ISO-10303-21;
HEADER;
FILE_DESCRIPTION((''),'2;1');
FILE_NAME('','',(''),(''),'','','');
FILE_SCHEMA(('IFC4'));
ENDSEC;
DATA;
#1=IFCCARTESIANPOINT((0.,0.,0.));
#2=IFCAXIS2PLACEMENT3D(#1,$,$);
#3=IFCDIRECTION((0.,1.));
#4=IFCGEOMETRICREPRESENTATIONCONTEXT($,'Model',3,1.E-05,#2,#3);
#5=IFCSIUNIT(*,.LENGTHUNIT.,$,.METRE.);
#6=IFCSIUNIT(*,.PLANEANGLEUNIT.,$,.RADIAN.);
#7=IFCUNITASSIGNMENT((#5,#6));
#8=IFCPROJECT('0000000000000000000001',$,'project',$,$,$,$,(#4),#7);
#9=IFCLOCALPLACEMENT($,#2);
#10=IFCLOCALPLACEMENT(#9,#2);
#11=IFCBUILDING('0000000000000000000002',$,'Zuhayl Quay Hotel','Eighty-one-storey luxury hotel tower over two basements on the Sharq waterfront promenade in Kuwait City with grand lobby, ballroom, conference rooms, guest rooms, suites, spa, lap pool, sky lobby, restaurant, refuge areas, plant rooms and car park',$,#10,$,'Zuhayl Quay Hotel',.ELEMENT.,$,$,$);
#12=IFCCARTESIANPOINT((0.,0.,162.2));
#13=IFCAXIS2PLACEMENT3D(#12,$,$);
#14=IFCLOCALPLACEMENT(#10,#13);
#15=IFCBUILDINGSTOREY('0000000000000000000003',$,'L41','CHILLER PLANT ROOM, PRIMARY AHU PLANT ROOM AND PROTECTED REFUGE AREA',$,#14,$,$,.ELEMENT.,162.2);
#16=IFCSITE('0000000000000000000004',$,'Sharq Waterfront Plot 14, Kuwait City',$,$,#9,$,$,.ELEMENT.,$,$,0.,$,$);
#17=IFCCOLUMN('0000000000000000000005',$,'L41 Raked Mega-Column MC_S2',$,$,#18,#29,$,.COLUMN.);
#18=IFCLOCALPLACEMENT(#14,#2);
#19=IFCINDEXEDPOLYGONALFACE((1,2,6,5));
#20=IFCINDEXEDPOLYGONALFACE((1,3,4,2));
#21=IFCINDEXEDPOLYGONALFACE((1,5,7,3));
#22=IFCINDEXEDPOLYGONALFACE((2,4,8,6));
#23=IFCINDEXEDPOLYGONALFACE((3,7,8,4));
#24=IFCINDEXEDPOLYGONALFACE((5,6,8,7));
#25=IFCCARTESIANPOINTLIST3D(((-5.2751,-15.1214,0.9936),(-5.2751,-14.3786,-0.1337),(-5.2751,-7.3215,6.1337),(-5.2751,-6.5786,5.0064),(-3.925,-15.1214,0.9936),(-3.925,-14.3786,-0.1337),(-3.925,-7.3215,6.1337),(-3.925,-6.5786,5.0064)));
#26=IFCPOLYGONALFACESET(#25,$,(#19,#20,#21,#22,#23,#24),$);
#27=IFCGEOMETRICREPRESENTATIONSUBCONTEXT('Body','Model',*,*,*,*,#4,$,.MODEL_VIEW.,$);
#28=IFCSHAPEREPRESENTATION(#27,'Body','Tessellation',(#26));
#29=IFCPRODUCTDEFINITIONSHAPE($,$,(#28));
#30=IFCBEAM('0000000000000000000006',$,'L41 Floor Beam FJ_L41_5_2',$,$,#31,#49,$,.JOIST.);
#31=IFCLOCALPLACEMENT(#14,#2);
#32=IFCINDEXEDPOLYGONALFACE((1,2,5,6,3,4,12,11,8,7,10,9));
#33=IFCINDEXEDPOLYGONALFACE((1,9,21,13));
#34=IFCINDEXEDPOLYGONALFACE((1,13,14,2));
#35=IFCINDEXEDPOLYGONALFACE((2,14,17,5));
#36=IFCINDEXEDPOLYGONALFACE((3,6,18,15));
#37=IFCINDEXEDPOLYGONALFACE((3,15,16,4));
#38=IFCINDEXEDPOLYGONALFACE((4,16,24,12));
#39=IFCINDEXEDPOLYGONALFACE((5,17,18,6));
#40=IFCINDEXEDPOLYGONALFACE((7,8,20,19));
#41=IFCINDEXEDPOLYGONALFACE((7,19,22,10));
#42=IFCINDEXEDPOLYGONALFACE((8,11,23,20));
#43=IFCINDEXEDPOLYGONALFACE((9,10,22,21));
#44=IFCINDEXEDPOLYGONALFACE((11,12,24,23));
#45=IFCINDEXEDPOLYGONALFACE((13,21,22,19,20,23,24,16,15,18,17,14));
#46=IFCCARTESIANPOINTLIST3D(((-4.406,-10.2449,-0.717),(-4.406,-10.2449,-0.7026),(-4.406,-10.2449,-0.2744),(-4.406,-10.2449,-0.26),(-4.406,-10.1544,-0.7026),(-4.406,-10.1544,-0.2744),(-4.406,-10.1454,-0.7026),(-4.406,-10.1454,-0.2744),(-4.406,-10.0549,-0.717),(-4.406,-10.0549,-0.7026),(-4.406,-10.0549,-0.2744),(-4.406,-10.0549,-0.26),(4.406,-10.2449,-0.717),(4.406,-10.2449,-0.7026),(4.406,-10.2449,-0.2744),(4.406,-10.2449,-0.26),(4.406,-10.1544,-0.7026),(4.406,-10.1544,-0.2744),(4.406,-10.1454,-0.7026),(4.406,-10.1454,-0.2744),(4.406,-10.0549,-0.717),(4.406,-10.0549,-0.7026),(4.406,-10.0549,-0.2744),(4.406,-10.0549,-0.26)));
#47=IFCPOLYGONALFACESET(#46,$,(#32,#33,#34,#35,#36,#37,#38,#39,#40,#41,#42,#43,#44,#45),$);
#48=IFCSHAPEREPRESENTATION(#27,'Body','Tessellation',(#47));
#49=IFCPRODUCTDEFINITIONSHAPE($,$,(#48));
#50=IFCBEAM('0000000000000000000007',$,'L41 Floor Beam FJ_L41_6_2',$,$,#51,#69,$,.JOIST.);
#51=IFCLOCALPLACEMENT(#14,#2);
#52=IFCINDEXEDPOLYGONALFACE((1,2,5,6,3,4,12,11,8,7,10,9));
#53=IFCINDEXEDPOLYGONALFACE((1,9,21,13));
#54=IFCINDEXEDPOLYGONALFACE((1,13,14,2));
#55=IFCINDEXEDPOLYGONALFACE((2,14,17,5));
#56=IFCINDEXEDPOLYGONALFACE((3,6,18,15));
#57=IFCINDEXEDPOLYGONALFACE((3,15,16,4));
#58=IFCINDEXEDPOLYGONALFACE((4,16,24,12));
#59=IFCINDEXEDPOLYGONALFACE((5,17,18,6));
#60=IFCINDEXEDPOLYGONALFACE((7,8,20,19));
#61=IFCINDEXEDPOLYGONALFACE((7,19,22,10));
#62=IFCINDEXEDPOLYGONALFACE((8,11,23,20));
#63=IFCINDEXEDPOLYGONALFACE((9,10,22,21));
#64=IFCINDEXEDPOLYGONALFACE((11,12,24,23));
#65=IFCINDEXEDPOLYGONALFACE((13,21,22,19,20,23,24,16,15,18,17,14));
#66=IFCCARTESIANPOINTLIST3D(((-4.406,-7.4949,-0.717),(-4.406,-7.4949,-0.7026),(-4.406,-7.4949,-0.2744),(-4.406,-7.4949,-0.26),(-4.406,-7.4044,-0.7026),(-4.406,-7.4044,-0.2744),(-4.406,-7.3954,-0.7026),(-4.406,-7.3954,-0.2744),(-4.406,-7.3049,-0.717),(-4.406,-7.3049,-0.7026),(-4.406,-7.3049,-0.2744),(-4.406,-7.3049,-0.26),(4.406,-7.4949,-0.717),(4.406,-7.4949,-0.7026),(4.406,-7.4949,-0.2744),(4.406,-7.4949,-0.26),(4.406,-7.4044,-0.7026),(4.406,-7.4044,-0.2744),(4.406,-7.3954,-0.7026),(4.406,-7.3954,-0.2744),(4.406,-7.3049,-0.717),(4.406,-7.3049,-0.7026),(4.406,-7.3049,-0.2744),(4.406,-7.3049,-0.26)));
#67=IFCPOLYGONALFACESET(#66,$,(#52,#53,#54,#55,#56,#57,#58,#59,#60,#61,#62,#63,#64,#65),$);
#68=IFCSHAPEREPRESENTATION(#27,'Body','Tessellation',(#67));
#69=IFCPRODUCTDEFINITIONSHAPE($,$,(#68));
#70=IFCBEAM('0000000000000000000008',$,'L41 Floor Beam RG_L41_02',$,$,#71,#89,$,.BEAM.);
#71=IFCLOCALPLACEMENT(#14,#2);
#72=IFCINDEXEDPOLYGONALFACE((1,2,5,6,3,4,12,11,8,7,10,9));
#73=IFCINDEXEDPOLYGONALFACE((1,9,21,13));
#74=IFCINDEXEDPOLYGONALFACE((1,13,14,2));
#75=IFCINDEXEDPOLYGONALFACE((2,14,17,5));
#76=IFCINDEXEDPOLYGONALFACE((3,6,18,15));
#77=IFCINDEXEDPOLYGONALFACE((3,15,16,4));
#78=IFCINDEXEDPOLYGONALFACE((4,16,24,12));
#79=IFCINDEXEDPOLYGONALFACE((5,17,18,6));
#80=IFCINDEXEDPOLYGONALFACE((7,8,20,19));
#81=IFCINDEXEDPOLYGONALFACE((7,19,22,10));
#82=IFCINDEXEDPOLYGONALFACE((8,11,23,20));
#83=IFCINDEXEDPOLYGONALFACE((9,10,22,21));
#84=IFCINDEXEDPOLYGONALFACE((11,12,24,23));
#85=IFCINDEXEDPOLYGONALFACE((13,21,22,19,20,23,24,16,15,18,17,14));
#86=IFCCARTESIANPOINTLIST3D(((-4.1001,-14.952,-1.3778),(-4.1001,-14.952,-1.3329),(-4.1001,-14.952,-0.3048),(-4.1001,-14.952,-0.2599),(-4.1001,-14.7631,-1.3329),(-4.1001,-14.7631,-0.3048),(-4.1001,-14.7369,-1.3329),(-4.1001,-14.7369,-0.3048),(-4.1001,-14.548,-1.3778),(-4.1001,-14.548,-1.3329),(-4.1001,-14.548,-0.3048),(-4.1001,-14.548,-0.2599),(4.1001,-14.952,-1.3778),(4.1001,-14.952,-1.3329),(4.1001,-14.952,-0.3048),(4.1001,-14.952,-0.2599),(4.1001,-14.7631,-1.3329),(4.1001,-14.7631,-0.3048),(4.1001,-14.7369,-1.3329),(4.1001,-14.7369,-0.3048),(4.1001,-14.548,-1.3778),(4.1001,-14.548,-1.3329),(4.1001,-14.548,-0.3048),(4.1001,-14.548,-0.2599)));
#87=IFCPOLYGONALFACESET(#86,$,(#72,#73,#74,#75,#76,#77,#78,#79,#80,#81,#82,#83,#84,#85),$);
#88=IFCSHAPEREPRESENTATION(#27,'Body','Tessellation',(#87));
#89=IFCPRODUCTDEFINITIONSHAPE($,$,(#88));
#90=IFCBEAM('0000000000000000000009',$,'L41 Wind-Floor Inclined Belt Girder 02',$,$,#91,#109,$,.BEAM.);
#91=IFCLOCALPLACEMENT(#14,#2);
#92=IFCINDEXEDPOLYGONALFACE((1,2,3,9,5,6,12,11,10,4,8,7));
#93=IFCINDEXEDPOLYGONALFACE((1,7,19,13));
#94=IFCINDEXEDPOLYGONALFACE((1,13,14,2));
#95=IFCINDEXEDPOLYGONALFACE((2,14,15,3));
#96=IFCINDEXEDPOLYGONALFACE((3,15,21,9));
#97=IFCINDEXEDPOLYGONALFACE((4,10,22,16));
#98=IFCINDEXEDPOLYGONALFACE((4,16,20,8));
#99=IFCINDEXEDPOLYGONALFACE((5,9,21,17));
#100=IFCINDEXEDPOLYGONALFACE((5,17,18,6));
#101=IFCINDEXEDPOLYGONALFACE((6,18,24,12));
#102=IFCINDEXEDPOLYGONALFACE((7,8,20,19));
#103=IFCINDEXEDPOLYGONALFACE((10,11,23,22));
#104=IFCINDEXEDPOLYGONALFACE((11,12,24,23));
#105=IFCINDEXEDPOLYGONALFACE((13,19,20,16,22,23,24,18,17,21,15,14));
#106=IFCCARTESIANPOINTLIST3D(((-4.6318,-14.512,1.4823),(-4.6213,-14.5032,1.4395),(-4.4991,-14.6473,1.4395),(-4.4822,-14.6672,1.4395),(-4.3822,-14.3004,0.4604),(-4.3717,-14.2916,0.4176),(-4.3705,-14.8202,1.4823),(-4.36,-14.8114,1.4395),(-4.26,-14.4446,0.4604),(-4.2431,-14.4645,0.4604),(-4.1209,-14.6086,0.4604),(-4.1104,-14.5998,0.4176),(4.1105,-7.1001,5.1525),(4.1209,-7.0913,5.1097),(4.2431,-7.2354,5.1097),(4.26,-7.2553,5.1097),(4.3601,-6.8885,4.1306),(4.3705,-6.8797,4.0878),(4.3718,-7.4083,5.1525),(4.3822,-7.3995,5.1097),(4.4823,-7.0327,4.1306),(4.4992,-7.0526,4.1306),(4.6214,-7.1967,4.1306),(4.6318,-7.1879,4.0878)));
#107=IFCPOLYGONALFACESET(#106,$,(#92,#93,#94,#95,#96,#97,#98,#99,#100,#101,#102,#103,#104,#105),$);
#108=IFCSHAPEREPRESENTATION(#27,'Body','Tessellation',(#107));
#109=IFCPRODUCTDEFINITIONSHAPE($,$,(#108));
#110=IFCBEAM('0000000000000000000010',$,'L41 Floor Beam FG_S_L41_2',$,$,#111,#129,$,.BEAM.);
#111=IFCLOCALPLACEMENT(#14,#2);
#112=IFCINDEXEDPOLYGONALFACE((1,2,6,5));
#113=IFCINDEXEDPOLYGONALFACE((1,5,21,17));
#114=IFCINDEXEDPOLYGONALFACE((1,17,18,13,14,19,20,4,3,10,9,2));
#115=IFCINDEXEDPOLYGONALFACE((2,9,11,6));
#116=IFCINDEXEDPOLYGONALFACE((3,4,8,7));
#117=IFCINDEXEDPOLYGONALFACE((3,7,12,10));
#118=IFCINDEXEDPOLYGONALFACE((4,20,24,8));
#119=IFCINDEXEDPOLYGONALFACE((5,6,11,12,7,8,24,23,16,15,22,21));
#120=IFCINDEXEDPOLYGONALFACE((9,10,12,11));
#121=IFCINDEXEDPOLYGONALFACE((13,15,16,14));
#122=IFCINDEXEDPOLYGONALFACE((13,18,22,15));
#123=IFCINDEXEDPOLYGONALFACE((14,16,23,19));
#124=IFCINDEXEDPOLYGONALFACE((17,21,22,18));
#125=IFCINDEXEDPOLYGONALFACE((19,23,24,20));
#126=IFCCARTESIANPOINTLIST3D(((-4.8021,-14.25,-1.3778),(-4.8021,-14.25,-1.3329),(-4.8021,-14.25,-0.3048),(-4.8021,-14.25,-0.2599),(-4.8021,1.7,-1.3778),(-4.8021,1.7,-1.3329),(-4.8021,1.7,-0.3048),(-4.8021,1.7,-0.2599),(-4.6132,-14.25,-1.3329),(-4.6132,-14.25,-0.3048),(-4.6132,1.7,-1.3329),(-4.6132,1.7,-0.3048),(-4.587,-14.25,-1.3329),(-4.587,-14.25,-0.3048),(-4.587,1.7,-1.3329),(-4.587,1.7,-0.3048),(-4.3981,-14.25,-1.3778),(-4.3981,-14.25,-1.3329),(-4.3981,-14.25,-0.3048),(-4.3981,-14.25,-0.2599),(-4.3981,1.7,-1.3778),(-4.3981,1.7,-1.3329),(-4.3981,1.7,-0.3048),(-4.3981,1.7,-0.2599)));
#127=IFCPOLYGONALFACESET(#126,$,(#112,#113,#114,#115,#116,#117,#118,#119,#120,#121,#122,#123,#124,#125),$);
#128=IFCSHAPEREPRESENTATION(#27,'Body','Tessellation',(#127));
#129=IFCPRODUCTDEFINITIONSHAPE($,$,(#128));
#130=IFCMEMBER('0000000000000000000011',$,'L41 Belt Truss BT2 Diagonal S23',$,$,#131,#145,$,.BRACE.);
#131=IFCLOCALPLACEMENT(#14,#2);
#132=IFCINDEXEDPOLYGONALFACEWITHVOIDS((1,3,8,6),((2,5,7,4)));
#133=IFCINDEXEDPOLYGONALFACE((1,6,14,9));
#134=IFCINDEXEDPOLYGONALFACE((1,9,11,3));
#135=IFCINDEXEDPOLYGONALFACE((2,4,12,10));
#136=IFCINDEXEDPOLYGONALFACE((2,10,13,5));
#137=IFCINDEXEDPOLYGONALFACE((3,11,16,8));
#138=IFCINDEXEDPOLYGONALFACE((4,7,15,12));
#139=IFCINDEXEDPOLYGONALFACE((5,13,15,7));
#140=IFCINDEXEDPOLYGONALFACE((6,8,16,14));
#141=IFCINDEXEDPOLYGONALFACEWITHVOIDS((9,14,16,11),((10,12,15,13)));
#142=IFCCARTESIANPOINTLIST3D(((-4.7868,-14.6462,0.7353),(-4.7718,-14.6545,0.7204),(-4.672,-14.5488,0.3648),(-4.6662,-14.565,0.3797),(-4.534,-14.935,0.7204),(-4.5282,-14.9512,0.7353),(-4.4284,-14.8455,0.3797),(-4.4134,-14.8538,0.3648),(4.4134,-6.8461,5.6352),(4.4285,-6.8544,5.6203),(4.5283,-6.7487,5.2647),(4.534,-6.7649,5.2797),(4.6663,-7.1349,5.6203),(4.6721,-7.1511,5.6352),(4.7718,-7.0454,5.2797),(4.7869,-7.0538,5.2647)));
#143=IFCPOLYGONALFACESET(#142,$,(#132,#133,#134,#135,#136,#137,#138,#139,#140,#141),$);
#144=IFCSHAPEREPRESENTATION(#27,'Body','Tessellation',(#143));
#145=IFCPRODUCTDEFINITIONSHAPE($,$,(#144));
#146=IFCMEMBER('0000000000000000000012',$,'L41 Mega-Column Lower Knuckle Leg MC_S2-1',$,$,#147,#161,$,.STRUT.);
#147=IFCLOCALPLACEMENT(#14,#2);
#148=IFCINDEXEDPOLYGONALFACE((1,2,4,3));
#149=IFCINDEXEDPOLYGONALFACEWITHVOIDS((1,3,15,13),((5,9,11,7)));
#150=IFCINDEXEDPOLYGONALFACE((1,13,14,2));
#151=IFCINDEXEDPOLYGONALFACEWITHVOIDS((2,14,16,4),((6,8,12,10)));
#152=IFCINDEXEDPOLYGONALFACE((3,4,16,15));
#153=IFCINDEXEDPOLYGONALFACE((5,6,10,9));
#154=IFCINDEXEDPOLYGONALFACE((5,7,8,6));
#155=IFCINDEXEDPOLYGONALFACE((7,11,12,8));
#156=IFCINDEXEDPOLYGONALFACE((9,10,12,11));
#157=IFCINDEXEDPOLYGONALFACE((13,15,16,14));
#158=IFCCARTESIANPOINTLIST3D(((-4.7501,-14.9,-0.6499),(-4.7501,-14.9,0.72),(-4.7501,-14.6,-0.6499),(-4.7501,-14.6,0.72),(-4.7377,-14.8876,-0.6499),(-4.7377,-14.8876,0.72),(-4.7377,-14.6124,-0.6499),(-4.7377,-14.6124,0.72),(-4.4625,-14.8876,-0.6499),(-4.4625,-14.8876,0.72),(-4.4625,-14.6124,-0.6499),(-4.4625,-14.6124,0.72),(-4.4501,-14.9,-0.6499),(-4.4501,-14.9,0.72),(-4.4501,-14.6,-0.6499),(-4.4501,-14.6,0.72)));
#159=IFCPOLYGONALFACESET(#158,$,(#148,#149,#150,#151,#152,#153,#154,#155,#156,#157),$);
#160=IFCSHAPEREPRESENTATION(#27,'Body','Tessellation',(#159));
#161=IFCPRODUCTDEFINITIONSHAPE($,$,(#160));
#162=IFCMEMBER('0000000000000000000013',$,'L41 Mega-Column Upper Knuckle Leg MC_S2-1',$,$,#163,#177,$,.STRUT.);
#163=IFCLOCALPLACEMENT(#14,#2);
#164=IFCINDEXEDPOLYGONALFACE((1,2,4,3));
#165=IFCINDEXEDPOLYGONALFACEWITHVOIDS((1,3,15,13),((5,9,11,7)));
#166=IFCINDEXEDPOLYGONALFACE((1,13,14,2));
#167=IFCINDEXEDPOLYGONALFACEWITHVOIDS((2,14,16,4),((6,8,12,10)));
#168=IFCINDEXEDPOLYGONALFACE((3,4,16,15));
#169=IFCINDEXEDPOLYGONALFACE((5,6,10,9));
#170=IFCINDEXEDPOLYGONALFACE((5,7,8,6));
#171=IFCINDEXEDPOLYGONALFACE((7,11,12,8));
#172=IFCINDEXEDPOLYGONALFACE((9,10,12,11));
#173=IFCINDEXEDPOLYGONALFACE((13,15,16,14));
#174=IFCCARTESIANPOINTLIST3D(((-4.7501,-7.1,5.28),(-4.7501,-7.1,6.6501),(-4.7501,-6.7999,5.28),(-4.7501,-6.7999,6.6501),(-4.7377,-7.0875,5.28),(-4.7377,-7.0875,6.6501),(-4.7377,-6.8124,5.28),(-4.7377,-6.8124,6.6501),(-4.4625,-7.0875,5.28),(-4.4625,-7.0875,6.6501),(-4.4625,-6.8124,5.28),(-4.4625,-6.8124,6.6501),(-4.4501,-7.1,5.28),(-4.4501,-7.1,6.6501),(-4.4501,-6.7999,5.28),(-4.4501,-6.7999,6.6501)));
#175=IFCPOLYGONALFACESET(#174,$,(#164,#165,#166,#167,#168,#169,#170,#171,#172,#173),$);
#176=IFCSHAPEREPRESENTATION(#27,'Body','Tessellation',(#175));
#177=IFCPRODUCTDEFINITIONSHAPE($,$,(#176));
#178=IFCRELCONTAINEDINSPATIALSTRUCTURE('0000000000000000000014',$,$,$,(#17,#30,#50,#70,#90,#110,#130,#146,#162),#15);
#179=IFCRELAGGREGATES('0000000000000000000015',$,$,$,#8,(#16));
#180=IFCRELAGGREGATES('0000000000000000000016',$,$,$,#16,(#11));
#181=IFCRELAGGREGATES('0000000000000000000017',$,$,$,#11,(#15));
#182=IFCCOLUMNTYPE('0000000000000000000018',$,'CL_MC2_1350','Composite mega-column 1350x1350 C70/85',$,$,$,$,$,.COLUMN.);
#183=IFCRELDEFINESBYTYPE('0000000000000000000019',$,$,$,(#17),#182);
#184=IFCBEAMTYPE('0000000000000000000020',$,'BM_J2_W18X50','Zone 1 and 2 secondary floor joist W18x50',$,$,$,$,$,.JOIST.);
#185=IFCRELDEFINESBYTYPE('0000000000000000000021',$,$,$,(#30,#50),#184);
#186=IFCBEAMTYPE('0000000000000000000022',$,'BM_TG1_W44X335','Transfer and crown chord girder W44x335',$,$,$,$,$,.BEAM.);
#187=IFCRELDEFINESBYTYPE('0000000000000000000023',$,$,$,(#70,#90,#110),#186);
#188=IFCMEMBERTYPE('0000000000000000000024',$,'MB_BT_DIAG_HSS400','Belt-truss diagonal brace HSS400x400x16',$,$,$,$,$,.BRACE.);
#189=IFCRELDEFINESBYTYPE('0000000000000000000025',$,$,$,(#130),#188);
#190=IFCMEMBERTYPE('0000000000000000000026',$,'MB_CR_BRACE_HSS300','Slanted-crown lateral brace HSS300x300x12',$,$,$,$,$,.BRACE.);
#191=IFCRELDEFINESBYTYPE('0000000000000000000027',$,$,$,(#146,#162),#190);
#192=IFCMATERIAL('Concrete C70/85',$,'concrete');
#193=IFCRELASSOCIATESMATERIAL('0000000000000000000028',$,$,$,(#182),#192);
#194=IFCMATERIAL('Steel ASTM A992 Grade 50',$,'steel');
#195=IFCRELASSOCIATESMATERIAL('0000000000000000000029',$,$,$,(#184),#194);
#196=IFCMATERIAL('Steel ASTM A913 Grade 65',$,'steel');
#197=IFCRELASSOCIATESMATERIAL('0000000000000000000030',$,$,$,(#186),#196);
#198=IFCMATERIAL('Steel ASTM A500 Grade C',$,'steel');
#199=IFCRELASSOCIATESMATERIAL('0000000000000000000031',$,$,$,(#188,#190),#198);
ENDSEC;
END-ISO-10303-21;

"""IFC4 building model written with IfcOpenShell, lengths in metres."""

from ifc_helpers import new_model, si_unit, direction, frame, origin, origin_2d, place, context, subcontext, project, spatial, rectangle, hollow_rectangle, i_section, extrude, material, material_profile, profile_set, type_object, element, save


model = new_model("IFC4")

# Units and contexts
model_context = context("Model", 3, precision=1e-05, world=origin(), true_north=direction((0.0, 1.0)))
body_context = subcontext(model_context, "Body", "Model", "MODEL_VIEW")
ifc_project = project(units=[si_unit("LENGTHUNIT", "METRE"), si_unit("PLANEANGLEUNIT", "RADIAN")], contexts=[model_context])

# Site, building, storey
site_placement = place(None, origin())
site = spatial("IfcSite", under=ifc_project, at=site_placement, Name="Sharq Waterfront Plot 14, Kuwait City", CompositionType="ELEMENT", RefElevation=0.0)
building_placement = place(site_placement, origin())
building = spatial("IfcBuilding", under=site, at=building_placement, Name="Zuhayl Quay Hotel", Description="Eighty-one-storey luxury hotel tower over two basements on the Sharq waterfront promenade in Kuwait City with grand lobby, ballroom, conference rooms, guest rooms, suites, spa, lap pool, sky lobby, restaurant, refuge areas, plant rooms and car park", LongName="Zuhayl Quay Hotel", CompositionType="ELEMENT")
storey_placement = place(building_placement, frame((0.0, 0.0, 162.2)))
storey = spatial("IfcBuildingStorey", under=building, at=storey_placement, Name="L41", Description="CHILLER PLANT ROOM, PRIMARY AHU PLANT ROOM AND PROTECTED REFUGE AREA", CompositionType="ELEMENT", Elevation=162.2)

# Column
ifc_material_1 = material(Name="Concrete C70/85", Category="concrete")
ifc_material_profile_1 = material_profile(ifc_material_1, rectangle(XDim=1.3501, YDim=1.3501, at=origin_2d()), Name="RC1350X1350")
ifc_profile_set_1 = profile_set([ifc_material_profile_1], Name="Concrete C70/85")
column_type = type_object("IfcColumnType", Name="CL_MC2_1350", Description="Composite mega-column 1350x1350 C70/85", PredefinedType="COLUMN", material=ifc_profile_set_1)
column_placement = place(storey_placement, frame((-4.6001, -14.75, 0.4299), z_axis=(0.0, 0.834998, 0.550253), x_axis=(-1.0, 0.0, 0.0)))
element("IfcColumn", 1, at=column_placement, inside=storey, type_object=column_type, Name="L41 Raked Mega-Column MC_S2", PredefinedType="COLUMN", context=body_context, shape_type="SweptSolid", body=[
    extrude(rectangle(XDim=1.3501, YDim=1.3501, at=origin_2d()), origin(), (0.0, 0.0, 1.0), 9.3413),
])

# Beams
ifc_material_2 = material(Name="Steel ASTM A992 Grade 50", Category="steel")
ifc_material_profile_2 = material_profile(ifc_material_2, i_section(OverallWidth=0.1899, OverallDepth=0.457, WebThickness=0.009, FlangeThickness=0.0144, at=origin_2d()), Name="W18X50")
ifc_profile_set_2 = profile_set([ifc_material_profile_2], Name="Steel ASTM A992 Grade 50")
beam_type_1 = type_object("IfcBeamType", Name="BM_J2_W18X50", Description="Zone 1 and 2 secondary floor joist W18x50", PredefinedType="JOIST", material=ifc_profile_set_2)
for number, where, z_axis, x_axis, name in (
    (2, (-4.406, -10.1499, -0.4885), (1.0, 0.0, 0.0), (0.0, 1.0, 0.0), "L41 Floor Beam FJ_L41_5_2"),
    (3, (-4.406, -7.3999, -0.4885), (1.0, 0.0, 0.0), (0.0, 1.0, 0.0), "L41 Floor Beam FJ_L41_6_2"),
):
    element("IfcBeam", number, at=place(storey_placement, frame(where, z_axis=z_axis, x_axis=x_axis)), inside=storey, type_object=beam_type_1, Name=name, PredefinedType="JOIST", context=body_context, shape_type="SweptSolid", body=[
        extrude(i_section(OverallWidth=0.1899, OverallDepth=0.457, WebThickness=0.009, FlangeThickness=0.0144, at=origin_2d()), origin(), (0.0, 0.0, 1.0), 8.812),
    ])
ifc_material_3 = material(Name="Steel ASTM A913 Grade 65", Category="steel")
ifc_material_profile_3 = material_profile(ifc_material_3, i_section(OverallWidth=0.4041, OverallDepth=1.1179, WebThickness=0.0261, FlangeThickness=0.0449, at=origin_2d()), Name="W44X335")
ifc_profile_set_3 = profile_set([ifc_material_profile_3], Name="Steel ASTM A913 Grade 65")
beam_type_2 = type_object("IfcBeamType", Name="BM_TG1_W44X335", Description="Transfer and crown chord girder W44x335", PredefinedType="BEAM", material=ifc_profile_set_3)
beam_1_placement = place(storey_placement, frame((-4.1001, -14.75, -0.8188), z_axis=(1.0, 0.0, 0.0), x_axis=(0.0, 1.0, 0.0)))
element("IfcBeam", 4, at=beam_1_placement, inside=storey, type_object=beam_type_2, Name="L41 Floor Beam RG_L41_02", PredefinedType="BEAM", context=body_context, shape_type="SweptSolid", body=[
    extrude(i_section(OverallWidth=0.4041, OverallDepth=1.1179, WebThickness=0.0261, FlangeThickness=0.0449, at=origin_2d()), origin(), (0.0, 0.0, 1.0), 8.2002),
])
beam_2_placement = place(storey_placement, frame((-4.3711, -14.5559, 0.95), z_axis=(0.726421, 0.615879, 0.304968), x_axis=(-0.646686, 0.762757, 0.0)))
element("IfcBeam", 5, at=beam_2_placement, inside=storey, type_object=beam_type_2, Name="L41 Wind-Floor Inclined Belt Girder 02", PredefinedType="BEAM", context=body_context, shape_type="SweptSolid", body=[
    extrude(i_section(OverallWidth=0.4041, OverallDepth=1.1179, WebThickness=0.0261, FlangeThickness=0.0449, at=origin_2d()), origin(), (0.0, 0.0, 1.0), 12.0347),
])
beam_3_placement = place(storey_placement, frame((-4.6001, -14.25, -0.8188), z_axis=(0.0, 1.0, 0.0), x_axis=(-1.0, 0.0, 0.0)))
element("IfcBeam", 6, at=beam_3_placement, inside=storey, type_object=beam_type_2, Name="L41 Floor Beam FG_S_L41_2", PredefinedType="BEAM", context=body_context, shape_type="SweptSolid", body=[
    extrude(i_section(OverallWidth=0.4041, OverallDepth=1.1179, WebThickness=0.0261, FlangeThickness=0.0449, at=origin_2d()), origin(), (0.0, 0.0, 1.0), 15.95),
])

# Members
ifc_material_4 = material(Name="Steel ASTM A500 Grade C", Category="steel")
ifc_material_profile_4 = material_profile(ifc_material_4, hollow_rectangle(XDim=0.3999, YDim=0.3999, WallThickness=0.0161, at=origin_2d()), Name="HSS400X400X16")
ifc_profile_set_4 = profile_set([ifc_material_profile_4], Name="Steel ASTM A500 Grade C")
member_type_1 = type_object("IfcMemberType", Name="MB_BT_DIAG_HSS400", Description="Belt-truss diagonal brace HSS400x400x16", PredefinedType="BRACE", material=ifc_profile_set_4)
member_1_placement = place(storey_placement, frame((-4.6001, -14.75, 0.55), z_axis=(0.706677, 0.59913, 0.376367), x_axis=(-0.64668, 0.762762, 0.0)))
element("IfcMember", 7, at=member_1_placement, inside=storey, type_object=member_type_1, Name="L41 Belt Truss BT2 Diagonal S23", PredefinedType="BRACE", context=body_context, shape_type="SweptSolid", body=[
    extrude(hollow_rectangle(XDim=0.3999, YDim=0.3999, WallThickness=0.0161, at=origin_2d()), origin(), (0.0, 0.0, 1.0), 13.019),
])
ifc_material_profile_5 = material_profile(ifc_material_4, hollow_rectangle(XDim=0.3, YDim=0.3, WallThickness=0.0125, at=origin_2d()), Name="HSS300X300X12")
ifc_profile_set_5 = profile_set([ifc_material_profile_5], Name="Steel ASTM A500 Grade C")
member_type_2 = type_object("IfcMemberType", Name="MB_CR_BRACE_HSS300", Description="Slanted-crown lateral brace HSS300x300x12", PredefinedType="BRACE", material=ifc_profile_set_5)
member_2_placement = place(storey_placement, frame((-4.6001, -14.75, -0.6499), z_axis=(0.0, 0.0, 1.0), x_axis=(1.0, 0.0, 0.0)))
element("IfcMember", 8, at=member_2_placement, inside=storey, type_object=member_type_2, Name="L41 Mega-Column Lower Knuckle Leg MC_S2-1", PredefinedType="STRUT", context=body_context, shape_type="SweptSolid", body=[
    extrude(hollow_rectangle(XDim=0.3, YDim=0.3, WallThickness=0.0125, at=origin_2d()), origin(), (0.0, 0.0, 1.0), 1.3699),
])
member_3_placement = place(storey_placement, frame((-4.6001, -6.95, 5.28), z_axis=(0.0, 0.0, 1.0), x_axis=(1.0, 0.0, 0.0)))
element("IfcMember", 9, at=member_3_placement, inside=storey, type_object=member_type_2, Name="L41 Mega-Column Upper Knuckle Leg MC_S2-1", PredefinedType="STRUT", context=body_context, shape_type="SweptSolid", body=[
    extrude(hollow_rectangle(XDim=0.3, YDim=0.3, WallThickness=0.0125, at=origin_2d()), origin(), (0.0, 0.0, 1.0), 1.3701),
])

save(model, "model.ifc")
